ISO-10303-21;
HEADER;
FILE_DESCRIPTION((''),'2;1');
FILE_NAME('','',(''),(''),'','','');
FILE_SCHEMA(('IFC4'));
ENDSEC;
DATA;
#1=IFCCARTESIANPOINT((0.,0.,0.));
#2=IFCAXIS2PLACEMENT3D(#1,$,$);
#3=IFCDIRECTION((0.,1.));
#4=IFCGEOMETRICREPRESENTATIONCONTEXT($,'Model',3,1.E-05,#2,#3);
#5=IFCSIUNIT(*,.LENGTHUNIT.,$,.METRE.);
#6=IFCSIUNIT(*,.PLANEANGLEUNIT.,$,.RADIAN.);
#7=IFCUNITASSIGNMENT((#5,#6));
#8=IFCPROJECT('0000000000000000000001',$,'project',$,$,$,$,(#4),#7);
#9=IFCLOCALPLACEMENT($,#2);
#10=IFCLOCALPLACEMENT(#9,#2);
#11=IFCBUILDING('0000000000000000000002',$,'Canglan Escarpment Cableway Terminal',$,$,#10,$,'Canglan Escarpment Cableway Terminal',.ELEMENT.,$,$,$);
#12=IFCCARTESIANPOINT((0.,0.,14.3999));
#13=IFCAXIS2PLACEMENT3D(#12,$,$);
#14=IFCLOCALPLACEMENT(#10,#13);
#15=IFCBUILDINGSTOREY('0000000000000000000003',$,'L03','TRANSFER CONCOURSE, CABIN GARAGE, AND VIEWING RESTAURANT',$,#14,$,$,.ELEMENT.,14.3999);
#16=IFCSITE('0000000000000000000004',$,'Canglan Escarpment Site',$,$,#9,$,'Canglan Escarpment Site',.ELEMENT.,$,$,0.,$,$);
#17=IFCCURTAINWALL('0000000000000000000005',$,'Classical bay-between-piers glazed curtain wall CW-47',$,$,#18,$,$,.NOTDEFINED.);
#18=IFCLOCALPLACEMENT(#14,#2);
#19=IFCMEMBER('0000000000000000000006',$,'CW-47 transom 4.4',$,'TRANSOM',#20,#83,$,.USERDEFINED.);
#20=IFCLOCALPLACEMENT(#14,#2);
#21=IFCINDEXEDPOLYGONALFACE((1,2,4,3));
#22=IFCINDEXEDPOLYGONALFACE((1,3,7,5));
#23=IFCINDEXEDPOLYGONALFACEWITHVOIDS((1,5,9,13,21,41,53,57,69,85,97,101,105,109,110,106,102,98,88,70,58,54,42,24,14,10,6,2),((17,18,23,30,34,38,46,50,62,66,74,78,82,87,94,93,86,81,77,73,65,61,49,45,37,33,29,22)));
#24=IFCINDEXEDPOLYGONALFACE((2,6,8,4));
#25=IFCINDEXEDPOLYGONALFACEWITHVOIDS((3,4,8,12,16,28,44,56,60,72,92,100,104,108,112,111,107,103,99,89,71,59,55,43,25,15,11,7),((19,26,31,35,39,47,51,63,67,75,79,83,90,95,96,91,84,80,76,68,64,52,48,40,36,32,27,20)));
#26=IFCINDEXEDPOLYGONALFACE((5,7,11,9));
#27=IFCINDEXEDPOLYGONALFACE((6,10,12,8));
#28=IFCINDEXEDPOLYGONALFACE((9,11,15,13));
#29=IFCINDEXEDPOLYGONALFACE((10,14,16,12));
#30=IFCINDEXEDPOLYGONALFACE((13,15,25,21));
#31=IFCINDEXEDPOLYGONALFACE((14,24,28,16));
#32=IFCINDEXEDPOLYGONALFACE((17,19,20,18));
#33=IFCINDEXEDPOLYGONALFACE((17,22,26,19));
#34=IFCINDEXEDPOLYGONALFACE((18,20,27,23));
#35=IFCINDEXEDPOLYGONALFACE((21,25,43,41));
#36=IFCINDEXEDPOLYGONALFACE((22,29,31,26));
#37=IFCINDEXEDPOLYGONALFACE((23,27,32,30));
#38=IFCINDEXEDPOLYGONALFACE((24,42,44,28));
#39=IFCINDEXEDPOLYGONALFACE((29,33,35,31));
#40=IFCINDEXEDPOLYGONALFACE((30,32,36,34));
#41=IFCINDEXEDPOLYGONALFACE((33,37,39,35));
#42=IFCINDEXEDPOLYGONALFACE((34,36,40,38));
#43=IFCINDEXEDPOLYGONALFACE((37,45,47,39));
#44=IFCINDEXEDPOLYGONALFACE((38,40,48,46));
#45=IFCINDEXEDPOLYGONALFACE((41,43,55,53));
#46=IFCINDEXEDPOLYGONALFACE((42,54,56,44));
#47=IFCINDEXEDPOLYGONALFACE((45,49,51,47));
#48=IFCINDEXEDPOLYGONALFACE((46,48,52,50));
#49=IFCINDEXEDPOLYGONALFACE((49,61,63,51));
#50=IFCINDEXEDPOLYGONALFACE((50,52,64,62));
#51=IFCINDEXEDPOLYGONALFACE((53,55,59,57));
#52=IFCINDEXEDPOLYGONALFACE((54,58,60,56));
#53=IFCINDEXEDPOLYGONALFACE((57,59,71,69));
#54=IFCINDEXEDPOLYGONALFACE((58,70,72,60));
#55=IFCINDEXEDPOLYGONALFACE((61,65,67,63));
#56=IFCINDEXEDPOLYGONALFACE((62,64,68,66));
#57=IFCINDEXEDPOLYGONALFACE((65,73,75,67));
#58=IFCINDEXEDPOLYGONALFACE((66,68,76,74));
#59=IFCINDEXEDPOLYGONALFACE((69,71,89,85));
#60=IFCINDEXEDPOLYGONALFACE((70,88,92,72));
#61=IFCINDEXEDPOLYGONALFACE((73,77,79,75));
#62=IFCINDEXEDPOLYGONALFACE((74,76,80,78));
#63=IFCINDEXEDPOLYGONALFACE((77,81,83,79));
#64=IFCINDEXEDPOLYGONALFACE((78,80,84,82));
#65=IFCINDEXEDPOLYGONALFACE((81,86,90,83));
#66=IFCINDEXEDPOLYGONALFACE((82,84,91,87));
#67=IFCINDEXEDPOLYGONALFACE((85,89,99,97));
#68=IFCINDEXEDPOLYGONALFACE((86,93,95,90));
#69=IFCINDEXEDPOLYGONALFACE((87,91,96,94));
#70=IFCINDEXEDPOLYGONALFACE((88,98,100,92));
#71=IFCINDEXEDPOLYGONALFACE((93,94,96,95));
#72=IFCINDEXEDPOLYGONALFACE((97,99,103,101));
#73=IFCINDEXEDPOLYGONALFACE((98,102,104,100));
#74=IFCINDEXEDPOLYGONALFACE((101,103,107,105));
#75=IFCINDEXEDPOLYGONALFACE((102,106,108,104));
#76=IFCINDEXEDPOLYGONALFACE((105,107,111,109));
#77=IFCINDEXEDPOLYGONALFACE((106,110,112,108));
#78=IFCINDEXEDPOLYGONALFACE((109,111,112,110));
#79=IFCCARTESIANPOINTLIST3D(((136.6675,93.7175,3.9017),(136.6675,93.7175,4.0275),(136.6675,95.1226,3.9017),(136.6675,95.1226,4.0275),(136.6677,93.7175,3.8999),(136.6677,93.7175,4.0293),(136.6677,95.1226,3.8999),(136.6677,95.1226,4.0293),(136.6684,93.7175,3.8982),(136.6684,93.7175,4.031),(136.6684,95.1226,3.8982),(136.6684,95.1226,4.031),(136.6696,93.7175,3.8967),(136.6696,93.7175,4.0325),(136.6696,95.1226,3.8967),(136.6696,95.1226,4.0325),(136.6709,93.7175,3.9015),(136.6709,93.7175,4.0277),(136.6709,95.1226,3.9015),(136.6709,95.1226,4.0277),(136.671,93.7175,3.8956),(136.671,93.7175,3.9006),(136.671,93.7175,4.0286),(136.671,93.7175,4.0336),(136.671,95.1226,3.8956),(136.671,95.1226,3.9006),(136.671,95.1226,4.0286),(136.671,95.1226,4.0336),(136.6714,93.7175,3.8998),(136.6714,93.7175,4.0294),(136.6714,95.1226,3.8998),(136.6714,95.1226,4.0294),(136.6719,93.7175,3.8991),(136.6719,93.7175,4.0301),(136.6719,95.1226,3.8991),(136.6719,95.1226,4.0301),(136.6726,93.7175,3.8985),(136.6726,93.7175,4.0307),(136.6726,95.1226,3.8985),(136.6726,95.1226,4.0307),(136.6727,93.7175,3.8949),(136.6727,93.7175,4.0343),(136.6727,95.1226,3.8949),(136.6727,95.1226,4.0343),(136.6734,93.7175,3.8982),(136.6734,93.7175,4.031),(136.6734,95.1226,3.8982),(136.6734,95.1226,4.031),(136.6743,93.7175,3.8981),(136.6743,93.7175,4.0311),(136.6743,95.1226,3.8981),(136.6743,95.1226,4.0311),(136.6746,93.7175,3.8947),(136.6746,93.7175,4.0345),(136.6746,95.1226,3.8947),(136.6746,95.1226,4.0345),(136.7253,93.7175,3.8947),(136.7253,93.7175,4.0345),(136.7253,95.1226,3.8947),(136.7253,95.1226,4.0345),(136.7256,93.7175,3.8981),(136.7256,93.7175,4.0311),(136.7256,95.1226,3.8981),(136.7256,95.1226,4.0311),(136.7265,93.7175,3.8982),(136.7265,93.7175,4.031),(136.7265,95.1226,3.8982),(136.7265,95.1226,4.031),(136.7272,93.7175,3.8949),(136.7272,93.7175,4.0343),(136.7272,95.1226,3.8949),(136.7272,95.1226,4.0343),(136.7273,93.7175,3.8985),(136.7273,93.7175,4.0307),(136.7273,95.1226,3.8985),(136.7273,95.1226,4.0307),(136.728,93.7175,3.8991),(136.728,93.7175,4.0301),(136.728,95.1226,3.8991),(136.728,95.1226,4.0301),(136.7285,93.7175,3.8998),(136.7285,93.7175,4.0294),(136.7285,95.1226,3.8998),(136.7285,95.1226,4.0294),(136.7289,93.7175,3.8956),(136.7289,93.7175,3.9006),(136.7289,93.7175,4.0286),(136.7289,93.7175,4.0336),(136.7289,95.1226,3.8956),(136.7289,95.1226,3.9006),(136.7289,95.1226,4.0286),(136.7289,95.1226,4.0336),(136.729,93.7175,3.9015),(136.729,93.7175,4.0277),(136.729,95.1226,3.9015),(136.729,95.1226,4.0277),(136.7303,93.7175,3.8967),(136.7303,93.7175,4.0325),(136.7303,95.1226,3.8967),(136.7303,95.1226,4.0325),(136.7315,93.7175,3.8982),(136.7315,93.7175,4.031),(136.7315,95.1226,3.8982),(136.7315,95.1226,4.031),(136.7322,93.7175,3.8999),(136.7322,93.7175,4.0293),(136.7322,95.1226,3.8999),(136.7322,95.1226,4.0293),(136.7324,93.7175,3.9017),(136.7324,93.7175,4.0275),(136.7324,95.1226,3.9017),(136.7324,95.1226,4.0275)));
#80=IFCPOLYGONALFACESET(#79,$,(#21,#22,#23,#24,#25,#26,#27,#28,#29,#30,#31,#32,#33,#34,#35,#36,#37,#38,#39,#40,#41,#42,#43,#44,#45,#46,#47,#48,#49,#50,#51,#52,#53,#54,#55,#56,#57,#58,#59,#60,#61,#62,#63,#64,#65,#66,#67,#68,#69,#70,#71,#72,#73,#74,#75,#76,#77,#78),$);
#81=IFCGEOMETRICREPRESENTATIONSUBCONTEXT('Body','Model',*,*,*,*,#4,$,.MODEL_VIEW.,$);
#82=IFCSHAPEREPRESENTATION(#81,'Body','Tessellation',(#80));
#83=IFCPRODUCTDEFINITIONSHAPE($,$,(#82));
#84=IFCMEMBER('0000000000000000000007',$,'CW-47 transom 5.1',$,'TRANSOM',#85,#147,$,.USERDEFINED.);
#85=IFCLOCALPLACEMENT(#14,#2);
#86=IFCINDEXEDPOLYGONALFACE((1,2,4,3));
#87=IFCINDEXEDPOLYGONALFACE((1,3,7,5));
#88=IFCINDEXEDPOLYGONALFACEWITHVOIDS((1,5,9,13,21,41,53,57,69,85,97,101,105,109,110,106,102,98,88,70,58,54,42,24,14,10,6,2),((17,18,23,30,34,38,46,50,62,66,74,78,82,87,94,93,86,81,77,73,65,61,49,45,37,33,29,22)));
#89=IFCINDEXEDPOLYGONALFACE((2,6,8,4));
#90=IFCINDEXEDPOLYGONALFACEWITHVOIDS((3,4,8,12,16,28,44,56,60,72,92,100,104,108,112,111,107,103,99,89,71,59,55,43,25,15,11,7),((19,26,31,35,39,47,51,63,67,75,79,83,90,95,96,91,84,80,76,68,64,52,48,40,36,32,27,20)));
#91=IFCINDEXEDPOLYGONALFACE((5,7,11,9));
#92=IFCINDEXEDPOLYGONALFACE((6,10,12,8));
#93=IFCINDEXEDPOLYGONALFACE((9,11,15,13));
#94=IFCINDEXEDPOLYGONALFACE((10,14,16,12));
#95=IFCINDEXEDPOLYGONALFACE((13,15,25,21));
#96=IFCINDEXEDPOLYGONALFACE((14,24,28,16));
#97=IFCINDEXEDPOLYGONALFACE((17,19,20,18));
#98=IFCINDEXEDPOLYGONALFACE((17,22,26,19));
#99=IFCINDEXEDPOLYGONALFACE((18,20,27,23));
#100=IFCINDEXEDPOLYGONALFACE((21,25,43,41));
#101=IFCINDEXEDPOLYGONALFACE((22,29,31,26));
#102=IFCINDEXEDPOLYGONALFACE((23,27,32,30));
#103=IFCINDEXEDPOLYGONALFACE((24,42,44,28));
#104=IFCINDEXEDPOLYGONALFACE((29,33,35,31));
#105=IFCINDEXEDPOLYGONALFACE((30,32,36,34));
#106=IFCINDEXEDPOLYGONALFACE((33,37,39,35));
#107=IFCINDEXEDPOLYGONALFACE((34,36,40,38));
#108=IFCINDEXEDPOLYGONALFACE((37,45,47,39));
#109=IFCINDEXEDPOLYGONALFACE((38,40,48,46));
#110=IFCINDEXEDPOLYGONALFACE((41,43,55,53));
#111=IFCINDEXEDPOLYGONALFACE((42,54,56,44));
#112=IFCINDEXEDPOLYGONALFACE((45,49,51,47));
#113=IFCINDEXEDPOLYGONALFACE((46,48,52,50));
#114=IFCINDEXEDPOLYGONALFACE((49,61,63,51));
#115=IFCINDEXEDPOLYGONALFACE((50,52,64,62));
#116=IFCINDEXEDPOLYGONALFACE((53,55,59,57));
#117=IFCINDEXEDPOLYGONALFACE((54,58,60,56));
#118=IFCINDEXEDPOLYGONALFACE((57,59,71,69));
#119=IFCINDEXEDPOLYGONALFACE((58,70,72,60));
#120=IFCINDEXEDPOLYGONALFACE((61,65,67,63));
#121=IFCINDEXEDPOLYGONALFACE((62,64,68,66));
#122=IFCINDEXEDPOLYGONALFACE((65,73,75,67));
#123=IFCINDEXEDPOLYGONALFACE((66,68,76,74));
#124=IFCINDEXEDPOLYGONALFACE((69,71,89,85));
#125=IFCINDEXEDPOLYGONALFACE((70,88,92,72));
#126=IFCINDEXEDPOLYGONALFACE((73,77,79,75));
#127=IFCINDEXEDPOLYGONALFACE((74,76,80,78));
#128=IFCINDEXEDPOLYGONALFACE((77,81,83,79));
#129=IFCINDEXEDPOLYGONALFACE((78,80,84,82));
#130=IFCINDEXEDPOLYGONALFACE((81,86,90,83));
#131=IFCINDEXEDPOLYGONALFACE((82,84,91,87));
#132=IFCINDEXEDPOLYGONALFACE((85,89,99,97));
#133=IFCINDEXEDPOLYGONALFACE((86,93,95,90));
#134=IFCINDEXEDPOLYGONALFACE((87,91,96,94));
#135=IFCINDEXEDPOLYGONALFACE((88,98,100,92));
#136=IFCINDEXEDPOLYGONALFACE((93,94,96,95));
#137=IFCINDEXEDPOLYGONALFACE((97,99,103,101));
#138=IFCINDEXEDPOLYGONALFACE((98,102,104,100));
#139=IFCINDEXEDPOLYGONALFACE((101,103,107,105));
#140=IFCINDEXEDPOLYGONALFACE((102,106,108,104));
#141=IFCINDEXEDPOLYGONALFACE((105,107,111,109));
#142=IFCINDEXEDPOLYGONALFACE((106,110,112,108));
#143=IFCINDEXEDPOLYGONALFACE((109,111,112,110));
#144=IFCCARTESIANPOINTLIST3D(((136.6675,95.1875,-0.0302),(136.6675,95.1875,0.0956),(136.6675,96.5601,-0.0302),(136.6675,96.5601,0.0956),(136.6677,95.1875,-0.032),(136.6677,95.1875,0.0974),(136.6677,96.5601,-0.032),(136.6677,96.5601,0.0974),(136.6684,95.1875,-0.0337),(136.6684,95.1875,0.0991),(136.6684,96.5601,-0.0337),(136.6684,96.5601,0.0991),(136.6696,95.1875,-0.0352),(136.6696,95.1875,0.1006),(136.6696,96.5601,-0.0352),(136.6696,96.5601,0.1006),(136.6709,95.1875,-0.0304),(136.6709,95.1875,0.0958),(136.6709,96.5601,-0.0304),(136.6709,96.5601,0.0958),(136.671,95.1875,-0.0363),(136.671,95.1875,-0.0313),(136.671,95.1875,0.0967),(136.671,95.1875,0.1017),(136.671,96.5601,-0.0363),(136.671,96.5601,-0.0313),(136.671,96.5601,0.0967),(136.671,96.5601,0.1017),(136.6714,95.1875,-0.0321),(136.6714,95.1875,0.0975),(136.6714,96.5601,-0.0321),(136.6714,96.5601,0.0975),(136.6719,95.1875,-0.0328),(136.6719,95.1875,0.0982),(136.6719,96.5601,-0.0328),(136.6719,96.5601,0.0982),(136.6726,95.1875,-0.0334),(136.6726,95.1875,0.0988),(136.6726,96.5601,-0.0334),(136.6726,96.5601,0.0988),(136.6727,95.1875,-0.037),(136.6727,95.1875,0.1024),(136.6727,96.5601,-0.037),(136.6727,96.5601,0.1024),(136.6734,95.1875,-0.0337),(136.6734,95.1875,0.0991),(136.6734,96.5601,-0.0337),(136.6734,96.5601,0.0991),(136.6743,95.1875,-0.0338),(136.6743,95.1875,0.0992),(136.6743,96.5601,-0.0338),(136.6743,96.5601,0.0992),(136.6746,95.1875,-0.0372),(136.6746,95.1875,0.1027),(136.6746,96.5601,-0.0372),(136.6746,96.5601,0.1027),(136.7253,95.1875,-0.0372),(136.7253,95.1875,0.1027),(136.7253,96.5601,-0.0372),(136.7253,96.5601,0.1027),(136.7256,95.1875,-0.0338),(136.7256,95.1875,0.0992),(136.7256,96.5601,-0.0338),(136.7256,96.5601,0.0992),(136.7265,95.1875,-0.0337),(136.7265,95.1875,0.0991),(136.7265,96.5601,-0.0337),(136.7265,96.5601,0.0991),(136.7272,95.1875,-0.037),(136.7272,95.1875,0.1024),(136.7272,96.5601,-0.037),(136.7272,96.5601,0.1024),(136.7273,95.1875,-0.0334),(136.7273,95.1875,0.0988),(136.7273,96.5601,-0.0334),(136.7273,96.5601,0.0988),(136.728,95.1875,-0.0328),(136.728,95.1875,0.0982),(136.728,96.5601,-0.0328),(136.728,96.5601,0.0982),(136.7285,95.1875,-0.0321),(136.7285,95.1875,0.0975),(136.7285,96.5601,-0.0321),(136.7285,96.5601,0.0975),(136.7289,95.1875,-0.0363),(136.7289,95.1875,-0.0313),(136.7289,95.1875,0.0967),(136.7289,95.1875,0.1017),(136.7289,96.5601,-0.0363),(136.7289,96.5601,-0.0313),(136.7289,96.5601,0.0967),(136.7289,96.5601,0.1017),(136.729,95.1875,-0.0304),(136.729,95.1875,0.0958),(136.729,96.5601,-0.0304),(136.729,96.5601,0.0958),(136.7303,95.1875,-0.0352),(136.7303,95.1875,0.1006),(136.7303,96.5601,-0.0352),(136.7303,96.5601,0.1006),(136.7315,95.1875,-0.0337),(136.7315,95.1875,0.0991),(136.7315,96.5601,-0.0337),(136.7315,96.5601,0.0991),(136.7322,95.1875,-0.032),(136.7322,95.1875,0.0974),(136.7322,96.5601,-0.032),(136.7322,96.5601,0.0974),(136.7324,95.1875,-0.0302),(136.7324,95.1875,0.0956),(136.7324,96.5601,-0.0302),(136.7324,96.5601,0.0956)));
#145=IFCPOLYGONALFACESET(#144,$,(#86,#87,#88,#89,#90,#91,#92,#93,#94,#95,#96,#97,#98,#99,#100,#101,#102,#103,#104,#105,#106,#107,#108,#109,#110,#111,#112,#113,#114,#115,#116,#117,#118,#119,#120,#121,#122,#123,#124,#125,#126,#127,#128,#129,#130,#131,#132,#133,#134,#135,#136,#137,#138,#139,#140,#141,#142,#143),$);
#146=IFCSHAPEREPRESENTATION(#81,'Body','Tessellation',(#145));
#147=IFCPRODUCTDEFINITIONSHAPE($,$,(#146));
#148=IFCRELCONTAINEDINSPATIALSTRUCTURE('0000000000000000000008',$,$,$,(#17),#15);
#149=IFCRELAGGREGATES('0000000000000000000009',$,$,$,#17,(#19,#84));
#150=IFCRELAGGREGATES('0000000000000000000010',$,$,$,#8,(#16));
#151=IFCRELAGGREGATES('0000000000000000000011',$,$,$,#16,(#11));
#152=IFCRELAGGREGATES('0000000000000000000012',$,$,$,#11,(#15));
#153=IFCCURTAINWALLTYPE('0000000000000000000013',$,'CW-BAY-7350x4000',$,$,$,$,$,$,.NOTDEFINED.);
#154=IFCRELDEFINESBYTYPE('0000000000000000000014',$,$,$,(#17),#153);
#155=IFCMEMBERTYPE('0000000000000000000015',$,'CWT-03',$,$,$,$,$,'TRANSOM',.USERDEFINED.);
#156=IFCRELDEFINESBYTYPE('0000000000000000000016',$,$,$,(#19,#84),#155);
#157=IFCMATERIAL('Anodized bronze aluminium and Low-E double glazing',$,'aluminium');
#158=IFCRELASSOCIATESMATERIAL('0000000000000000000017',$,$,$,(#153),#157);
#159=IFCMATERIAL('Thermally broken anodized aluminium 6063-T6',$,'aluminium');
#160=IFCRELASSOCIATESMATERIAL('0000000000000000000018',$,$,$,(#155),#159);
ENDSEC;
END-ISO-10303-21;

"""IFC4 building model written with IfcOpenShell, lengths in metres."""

from ifc_helpers import new_model, si_unit, direction, frame, origin, origin_2d, place, context, subcontext, project, spatial, hollow_rectangle, extrude, material, material_profile, profile_set, type_object, element, aggregate, save


model = new_model("IFC4")

# Units and contexts
model_context = context("Model", 3, precision=1e-05, world=origin(), true_north=direction((0.0, 1.0)))
body_context = subcontext(model_context, "Body", "Model", "MODEL_VIEW")
ifc_project = project(units=[si_unit("LENGTHUNIT", "METRE"), si_unit("PLANEANGLEUNIT", "RADIAN")], contexts=[model_context])

# Site, building, storey
site_placement = place(None, origin())
site = spatial("IfcSite", under=ifc_project, at=site_placement, Name="Canglan Escarpment Site", LongName="Canglan Escarpment Site", CompositionType="ELEMENT", RefElevation=0.0)
building_placement = place(site_placement, origin())
building = spatial("IfcBuilding", under=site, at=building_placement, Name="Canglan Escarpment Cableway Terminal", LongName="Canglan Escarpment Cableway Terminal", CompositionType="ELEMENT")
storey_placement = place(building_placement, frame((0.0, 0.0, 14.3999)))
storey = spatial("IfcBuildingStorey", under=building, at=storey_placement, Name="L03", Description="TRANSFER CONCOURSE, CABIN GARAGE, AND VIEWING RESTAURANT", CompositionType="ELEMENT", Elevation=14.3999)

# Shared definitions
ifc_material_1 = material(Name="Anodized bronze aluminium and Low-E double glazing", Category="aluminium")
ifc_material_2 = material(Name="Thermally broken anodized aluminium 6063-T6", Category="aluminium")

# Curtain wall
curtain_wall_type_1 = type_object("IfcCurtainWallType", Name="CW-BAY-7350x4000", PredefinedType="NOTDEFINED", material=ifc_material_1)
curtain_wall_1_placement = place(storey_placement, origin())
curtain_wall_1 = element("IfcCurtainWall", 1, at=curtain_wall_1_placement, inside=storey, type_object=curtain_wall_type_1, Name="Classical bay-between-piers glazed curtain wall CW-47", PredefinedType="NOTDEFINED")

# Members
ifc_material_profile_1 = material_profile(ifc_material_2, hollow_rectangle(XDim=0.0649, YDim=0.1399, WallThickness=0.0034, InnerFilletRadius=0.0034, OuterFilletRadius=0.0071, at=origin_2d()), Name="ALU-TRAN 65x140x3.5")
ifc_profile_set_1 = profile_set([ifc_material_profile_1], Name="Thermally broken anodized aluminium 6063-T6")
member_type_1 = type_object("IfcMemberType", Name="CWT-03", ElementType="TRANSOM", PredefinedType="USERDEFINED", material=ifc_profile_set_1)
member_1_placement = place(storey_placement, frame((136.7, 93.7175, 3.9646), z_axis=(0.0, 1.0, 0.0), x_axis=(-1.0, 0.0, 0.0)))
member_1 = element("IfcMember", 2, at=member_1_placement, type_object=member_type_1, Name="CW-47 transom 4.4", ObjectType="TRANSOM", PredefinedType="USERDEFINED", context=body_context, shape_type="SweptSolid", body=[
    extrude(hollow_rectangle(XDim=0.0649, YDim=0.1399, WallThickness=0.0034, InnerFilletRadius=0.0034, OuterFilletRadius=0.0071, at=origin_2d()), origin(), (0.0, 0.0, 1.0), 1.405),
])
member_2_placement = place(storey_placement, frame((136.7, 95.1875, 0.0327), z_axis=(0.0, 1.0, 0.0), x_axis=(-1.0, 0.0, 0.0)))
member_2 = element("IfcMember", 3, at=member_2_placement, type_object=member_type_1, Name="CW-47 transom 5.1", ObjectType="TRANSOM", PredefinedType="USERDEFINED", context=body_context, shape_type="SweptSolid", body=[
    extrude(hollow_rectangle(XDim=0.0649, YDim=0.1399, WallThickness=0.0034, InnerFilletRadius=0.0034, OuterFilletRadius=0.0071, at=origin_2d()), origin(), (0.0, 0.0, 1.0), 1.3726),
])

aggregate(curtain_wall_1, [member_1, member_2])

save(model, "model.ifc")
